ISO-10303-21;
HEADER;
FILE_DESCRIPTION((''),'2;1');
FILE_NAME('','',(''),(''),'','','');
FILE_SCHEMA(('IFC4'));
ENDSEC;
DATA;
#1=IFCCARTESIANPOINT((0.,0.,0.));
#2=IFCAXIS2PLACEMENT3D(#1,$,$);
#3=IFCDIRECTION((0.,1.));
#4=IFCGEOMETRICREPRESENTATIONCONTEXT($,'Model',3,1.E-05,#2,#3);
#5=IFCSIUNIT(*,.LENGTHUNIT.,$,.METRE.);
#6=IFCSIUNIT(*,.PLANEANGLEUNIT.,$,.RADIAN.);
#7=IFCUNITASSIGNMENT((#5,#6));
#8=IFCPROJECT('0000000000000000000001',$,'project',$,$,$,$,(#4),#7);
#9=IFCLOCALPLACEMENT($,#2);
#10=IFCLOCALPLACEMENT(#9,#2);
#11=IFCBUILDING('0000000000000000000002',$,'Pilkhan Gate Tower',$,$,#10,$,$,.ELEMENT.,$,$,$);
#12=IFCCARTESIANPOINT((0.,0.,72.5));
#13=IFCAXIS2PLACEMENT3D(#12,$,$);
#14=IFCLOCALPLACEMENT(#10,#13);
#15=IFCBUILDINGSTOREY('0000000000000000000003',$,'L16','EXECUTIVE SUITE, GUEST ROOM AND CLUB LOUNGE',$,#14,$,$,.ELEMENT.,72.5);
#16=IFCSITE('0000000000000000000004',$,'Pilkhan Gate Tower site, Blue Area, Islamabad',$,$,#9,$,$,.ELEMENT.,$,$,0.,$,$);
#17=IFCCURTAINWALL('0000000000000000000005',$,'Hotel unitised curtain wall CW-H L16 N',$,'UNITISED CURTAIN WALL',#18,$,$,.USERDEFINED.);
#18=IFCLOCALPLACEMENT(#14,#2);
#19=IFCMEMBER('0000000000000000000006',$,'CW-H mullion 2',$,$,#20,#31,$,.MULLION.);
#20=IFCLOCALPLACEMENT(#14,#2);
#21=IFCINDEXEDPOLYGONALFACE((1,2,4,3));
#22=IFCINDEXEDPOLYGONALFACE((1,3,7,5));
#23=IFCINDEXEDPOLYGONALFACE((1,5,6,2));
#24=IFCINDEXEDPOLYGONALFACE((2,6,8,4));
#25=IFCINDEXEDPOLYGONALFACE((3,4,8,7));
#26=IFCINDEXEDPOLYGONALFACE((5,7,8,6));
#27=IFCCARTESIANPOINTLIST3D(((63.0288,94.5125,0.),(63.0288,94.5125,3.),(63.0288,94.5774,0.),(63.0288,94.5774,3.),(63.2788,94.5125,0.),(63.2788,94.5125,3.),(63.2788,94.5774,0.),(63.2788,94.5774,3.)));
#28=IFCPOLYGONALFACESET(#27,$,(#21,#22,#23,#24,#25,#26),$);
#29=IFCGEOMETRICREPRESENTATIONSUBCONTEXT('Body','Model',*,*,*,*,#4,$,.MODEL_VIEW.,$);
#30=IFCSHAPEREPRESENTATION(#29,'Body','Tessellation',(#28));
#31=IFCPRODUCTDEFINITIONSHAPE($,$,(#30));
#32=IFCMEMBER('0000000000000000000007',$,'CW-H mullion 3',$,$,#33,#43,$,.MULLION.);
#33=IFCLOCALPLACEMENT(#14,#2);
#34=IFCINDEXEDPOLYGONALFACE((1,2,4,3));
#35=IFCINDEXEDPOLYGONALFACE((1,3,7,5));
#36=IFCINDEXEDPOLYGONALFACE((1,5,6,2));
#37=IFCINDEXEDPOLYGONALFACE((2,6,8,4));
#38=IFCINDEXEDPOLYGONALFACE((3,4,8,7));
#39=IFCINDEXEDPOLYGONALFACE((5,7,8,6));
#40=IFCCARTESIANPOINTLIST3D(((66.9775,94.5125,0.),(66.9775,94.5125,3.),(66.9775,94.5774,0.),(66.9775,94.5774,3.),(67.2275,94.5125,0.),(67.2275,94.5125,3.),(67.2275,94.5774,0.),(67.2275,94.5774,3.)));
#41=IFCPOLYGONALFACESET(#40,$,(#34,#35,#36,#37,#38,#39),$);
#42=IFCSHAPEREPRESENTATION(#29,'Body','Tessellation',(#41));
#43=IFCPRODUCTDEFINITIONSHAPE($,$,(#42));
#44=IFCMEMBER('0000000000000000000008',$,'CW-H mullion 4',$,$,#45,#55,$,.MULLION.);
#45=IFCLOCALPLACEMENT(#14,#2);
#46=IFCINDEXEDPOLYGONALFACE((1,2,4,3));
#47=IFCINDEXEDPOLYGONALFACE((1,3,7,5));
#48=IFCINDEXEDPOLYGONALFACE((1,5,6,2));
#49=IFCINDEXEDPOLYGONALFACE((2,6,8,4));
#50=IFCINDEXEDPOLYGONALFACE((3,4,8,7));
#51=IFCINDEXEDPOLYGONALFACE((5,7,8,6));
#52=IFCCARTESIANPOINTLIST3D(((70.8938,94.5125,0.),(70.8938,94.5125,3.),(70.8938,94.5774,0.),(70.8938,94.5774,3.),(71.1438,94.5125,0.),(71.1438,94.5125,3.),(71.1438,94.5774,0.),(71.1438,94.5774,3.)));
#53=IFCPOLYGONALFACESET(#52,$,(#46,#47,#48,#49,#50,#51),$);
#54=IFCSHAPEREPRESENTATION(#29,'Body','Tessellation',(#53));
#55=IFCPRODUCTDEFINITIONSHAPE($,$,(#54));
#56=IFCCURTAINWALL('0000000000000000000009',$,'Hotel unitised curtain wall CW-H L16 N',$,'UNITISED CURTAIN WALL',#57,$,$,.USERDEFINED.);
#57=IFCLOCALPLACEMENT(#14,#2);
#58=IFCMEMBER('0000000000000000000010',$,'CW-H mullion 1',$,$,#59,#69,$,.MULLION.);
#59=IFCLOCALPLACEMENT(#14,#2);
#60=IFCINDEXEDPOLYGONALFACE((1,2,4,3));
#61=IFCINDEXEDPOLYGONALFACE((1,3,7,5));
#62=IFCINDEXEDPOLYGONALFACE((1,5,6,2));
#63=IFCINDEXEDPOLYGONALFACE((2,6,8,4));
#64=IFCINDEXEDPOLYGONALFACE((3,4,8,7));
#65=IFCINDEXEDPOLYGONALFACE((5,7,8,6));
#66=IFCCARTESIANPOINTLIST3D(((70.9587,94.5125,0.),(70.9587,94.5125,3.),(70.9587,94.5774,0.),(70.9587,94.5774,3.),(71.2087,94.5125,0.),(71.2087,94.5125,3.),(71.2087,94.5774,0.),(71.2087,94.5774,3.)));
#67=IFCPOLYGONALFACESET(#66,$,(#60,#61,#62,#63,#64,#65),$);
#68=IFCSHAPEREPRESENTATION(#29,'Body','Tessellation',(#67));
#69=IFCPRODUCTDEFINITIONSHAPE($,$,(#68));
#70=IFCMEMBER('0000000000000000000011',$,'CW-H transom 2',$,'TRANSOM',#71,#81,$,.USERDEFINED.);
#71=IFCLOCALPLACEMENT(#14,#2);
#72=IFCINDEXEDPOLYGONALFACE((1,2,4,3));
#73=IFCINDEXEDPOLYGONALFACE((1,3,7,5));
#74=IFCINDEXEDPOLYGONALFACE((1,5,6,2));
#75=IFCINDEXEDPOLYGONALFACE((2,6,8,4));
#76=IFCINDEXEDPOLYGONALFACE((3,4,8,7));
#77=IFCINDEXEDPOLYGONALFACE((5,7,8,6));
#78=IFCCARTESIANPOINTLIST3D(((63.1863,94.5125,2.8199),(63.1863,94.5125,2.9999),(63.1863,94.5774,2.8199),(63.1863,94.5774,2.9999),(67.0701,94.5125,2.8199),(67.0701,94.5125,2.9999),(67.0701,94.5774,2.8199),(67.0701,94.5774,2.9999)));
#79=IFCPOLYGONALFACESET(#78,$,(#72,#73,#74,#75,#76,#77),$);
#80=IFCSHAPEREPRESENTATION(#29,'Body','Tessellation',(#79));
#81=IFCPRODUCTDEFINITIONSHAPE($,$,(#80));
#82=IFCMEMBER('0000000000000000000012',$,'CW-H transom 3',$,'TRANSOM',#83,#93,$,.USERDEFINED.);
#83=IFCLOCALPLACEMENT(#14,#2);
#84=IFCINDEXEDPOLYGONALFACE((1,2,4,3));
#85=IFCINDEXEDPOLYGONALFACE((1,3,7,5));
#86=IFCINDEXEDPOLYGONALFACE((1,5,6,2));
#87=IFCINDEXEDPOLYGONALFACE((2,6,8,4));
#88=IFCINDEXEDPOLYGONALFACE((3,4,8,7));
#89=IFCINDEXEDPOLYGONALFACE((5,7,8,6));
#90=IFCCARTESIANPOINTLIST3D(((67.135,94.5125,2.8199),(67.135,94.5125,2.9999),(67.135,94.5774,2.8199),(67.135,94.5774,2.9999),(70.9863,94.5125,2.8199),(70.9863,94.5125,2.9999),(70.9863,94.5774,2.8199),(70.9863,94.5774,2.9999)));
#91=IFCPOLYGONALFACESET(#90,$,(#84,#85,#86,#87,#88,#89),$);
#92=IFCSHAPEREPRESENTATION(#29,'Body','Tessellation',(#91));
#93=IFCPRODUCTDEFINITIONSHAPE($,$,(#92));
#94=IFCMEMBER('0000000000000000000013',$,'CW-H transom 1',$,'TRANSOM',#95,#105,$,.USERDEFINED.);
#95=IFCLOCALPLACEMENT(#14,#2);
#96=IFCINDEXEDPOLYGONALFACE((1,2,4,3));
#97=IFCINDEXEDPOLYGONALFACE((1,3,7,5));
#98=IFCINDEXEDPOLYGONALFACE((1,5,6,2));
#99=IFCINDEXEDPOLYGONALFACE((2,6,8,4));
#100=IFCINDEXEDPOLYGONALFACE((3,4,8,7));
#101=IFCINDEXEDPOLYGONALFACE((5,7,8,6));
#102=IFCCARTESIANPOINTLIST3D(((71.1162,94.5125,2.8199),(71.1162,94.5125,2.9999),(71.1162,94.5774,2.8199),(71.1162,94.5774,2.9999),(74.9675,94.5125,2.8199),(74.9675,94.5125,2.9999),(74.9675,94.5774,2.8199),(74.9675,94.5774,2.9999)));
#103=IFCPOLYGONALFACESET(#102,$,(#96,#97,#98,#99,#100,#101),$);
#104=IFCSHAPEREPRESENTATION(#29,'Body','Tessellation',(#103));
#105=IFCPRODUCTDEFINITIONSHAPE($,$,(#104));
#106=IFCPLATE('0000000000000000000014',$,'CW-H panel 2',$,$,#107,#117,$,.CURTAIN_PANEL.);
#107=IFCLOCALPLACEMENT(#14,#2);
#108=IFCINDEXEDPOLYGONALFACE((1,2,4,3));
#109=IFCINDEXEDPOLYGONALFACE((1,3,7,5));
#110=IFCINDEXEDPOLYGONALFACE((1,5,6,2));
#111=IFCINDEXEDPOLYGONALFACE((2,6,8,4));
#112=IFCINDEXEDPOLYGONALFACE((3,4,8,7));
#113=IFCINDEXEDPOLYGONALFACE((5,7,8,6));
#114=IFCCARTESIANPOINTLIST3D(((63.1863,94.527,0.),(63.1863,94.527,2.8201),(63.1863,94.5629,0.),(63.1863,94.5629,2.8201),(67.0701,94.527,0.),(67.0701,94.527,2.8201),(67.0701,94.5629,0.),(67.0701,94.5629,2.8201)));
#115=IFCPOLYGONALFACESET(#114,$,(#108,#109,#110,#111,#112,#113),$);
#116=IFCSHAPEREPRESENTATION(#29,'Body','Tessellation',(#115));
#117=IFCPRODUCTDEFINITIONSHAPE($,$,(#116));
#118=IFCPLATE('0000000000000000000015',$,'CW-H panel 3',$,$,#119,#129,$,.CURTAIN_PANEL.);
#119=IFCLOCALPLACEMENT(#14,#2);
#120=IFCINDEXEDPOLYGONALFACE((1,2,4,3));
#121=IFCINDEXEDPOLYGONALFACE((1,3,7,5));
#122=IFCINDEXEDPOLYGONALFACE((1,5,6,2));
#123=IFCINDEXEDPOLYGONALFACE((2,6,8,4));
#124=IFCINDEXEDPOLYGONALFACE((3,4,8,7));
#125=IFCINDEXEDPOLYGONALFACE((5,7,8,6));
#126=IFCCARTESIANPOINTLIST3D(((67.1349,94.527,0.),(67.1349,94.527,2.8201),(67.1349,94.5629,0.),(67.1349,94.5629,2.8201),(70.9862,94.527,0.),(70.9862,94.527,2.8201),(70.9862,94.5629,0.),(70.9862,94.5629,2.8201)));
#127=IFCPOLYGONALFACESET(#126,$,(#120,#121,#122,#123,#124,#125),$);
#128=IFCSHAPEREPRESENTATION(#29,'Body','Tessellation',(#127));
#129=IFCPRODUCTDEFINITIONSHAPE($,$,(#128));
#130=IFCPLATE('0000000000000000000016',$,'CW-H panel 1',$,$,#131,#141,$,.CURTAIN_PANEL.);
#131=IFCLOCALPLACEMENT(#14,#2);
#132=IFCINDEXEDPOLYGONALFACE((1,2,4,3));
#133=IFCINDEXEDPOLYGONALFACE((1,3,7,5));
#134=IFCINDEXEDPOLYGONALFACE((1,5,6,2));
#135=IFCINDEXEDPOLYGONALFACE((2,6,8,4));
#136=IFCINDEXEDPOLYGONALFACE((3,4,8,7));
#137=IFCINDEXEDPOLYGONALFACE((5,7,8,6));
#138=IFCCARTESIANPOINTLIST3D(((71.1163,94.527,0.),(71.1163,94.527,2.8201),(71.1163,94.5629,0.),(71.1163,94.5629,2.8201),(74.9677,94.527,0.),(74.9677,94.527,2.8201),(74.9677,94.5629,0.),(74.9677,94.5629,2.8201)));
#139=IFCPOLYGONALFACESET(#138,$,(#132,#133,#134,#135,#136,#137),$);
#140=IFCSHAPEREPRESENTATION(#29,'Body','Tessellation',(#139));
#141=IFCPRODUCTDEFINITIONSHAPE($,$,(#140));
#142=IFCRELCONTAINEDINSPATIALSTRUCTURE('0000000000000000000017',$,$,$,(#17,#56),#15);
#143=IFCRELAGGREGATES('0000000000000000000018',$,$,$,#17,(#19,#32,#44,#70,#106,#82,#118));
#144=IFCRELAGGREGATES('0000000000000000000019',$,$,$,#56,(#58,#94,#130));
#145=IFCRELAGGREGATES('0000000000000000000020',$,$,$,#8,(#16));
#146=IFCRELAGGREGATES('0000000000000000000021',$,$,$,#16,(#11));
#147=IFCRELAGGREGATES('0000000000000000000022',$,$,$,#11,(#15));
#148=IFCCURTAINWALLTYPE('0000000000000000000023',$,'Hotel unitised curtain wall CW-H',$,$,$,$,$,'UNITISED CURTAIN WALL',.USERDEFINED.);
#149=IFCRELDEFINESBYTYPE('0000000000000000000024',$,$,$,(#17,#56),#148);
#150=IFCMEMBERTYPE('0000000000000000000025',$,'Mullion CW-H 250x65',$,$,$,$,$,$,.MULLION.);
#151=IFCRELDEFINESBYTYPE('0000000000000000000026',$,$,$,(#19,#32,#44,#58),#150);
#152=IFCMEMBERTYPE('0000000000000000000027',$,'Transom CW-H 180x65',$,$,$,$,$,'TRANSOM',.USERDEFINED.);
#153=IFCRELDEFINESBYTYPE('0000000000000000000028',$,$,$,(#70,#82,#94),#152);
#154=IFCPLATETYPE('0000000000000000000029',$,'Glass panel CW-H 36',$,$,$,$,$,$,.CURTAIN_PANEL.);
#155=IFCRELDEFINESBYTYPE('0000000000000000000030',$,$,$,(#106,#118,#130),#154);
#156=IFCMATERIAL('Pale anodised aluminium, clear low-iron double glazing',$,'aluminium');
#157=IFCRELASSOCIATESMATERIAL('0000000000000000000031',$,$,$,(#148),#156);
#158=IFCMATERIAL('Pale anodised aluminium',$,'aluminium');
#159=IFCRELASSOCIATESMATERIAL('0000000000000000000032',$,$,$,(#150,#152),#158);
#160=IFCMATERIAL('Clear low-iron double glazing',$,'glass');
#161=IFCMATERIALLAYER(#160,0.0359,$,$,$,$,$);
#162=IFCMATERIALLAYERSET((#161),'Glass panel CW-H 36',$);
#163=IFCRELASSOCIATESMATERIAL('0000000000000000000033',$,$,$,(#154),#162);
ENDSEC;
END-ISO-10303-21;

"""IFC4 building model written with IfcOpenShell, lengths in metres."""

from ifc_helpers import new_model, si_unit, direction, frame, origin, origin_2d, place, context, subcontext, project, spatial, rectangle, extrude, material, layer, layer_set, material_profile, profile_set, type_object, element, aggregate, save


model = new_model("IFC4")

# Units and contexts
model_context = context("Model", 3, precision=1e-05, world=origin(), true_north=direction((0.0, 1.0)))
body_context = subcontext(model_context, "Body", "Model", "MODEL_VIEW")
ifc_project = project(units=[si_unit("LENGTHUNIT", "METRE"), si_unit("PLANEANGLEUNIT", "RADIAN")], contexts=[model_context])

# Site, building, storey
site_placement = place(None, origin())
site = spatial("IfcSite", under=ifc_project, at=site_placement, Name="Pilkhan Gate Tower site, Blue Area, Islamabad", CompositionType="ELEMENT", RefElevation=0.0)
building_placement = place(site_placement, origin())
building = spatial("IfcBuilding", under=site, at=building_placement, Name="Pilkhan Gate Tower", CompositionType="ELEMENT")
storey_placement = place(building_placement, frame((0.0, 0.0, 72.5)))
storey = spatial("IfcBuildingStorey", under=building, at=storey_placement, Name="L16", Description="EXECUTIVE SUITE, GUEST ROOM AND CLUB LOUNGE", CompositionType="ELEMENT", Elevation=72.5)

# Curtain wall, members
ifc_material_1 = material(Name="Pale anodised aluminium, clear low-iron double glazing", Category="aluminium")
curtain_wall_type = type_object("IfcCurtainWallType", Name="Hotel unitised curtain wall CW-H", ElementType="UNITISED CURTAIN WALL", PredefinedType="USERDEFINED", material=ifc_material_1)
curtain_wall_1_placement = place(storey_placement, origin())
curtain_wall_1 = element("IfcCurtainWall", 1, at=curtain_wall_1_placement, inside=storey, type_object=curtain_wall_type, Name="Hotel unitised curtain wall CW-H L16 N", ObjectType="UNITISED CURTAIN WALL", PredefinedType="USERDEFINED")
ifc_material_2 = material(Name="Pale anodised aluminium", Category="aluminium")
ifc_material_profile_1 = material_profile(ifc_material_2, rectangle(XDim=0.0649, YDim=0.25, at=origin_2d()), Name="Mullion 250x65")
ifc_profile_set_1 = profile_set([ifc_material_profile_1], Name="Pale anodised aluminium")
member_type_1 = type_object("IfcMemberType", Name="Mullion CW-H 250x65", PredefinedType="MULLION", material=ifc_profile_set_1)
member_1_placement = place(storey_placement, frame((63.1538, 94.5449, 0.0), z_axis=(0.0, 0.0, 1.0), x_axis=(0.0, 1.0, 0.0)))
member_1 = element("IfcMember", 2, at=member_1_placement, type_object=member_type_1, Name="CW-H mullion 2", PredefinedType="MULLION", context=body_context, shape_type="SweptSolid", body=[
    extrude(rectangle(XDim=0.0649, YDim=0.25, at=origin_2d()), origin(), (0.0, 0.0, 1.0), 3.0),
])
member_2_placement = place(storey_placement, frame((67.1025, 94.5449, 0.0), z_axis=(0.0, 0.0, 1.0), x_axis=(0.0, 1.0, 0.0)))
member_2 = element("IfcMember", 3, at=member_2_placement, type_object=member_type_1, Name="CW-H mullion 3", PredefinedType="MULLION", context=body_context, shape_type="SweptSolid", body=[
    extrude(rectangle(XDim=0.0649, YDim=0.25, at=origin_2d()), origin(), (0.0, 0.0, 1.0), 3.0),
])
member_3_placement = place(storey_placement, frame((71.0188, 94.5449, 0.0), z_axis=(0.0, 0.0, 1.0), x_axis=(0.0, 1.0, 0.0)))
member_3 = element("IfcMember", 4, at=member_3_placement, type_object=member_type_1, Name="CW-H mullion 4", PredefinedType="MULLION", context=body_context, shape_type="SweptSolid", body=[
    extrude(rectangle(XDim=0.0649, YDim=0.25, at=origin_2d()), origin(), (0.0, 0.0, 1.0), 3.0),
])

# Curtain wall, member
curtain_wall_2_placement = place(storey_placement, origin())
curtain_wall_2 = element("IfcCurtainWall", 5, at=curtain_wall_2_placement, inside=storey, type_object=curtain_wall_type, Name="Hotel unitised curtain wall CW-H L16 N", ObjectType="UNITISED CURTAIN WALL", PredefinedType="USERDEFINED")
member_4_placement = place(storey_placement, frame((71.0837, 94.5449, 0.0), z_axis=(0.0, 0.0, 1.0), x_axis=(0.0, 1.0, 0.0)))
member_4 = element("IfcMember", 6, at=member_4_placement, type_object=member_type_1, Name="CW-H mullion 1", PredefinedType="MULLION", context=body_context, shape_type="SweptSolid", body=[
    extrude(rectangle(XDim=0.0649, YDim=0.25, at=origin_2d()), origin(), (0.0, 0.0, 1.0), 3.0),
])

# Members
ifc_material_profile_2 = material_profile(ifc_material_2, rectangle(XDim=0.0649, YDim=0.1799, at=origin_2d()), Name="Transom 180x65")
ifc_profile_set_2 = profile_set([ifc_material_profile_2], Name="Pale anodised aluminium")
member_type_2 = type_object("IfcMemberType", Name="Transom CW-H 180x65", ElementType="TRANSOM", PredefinedType="USERDEFINED", material=ifc_profile_set_2)
member_5_placement = place(storey_placement, frame((63.1863, 94.5449, 2.9099), z_axis=(1.0, 0.0, 0.0), x_axis=(0.0, 1.0, 0.0)))
member_5 = element("IfcMember", 7, at=member_5_placement, type_object=member_type_2, Name="CW-H transom 2", ObjectType="TRANSOM", PredefinedType="USERDEFINED", context=body_context, shape_type="SweptSolid", body=[
    extrude(rectangle(XDim=0.0649, YDim=0.1799, at=origin_2d()), origin(), (0.0, 0.0, 1.0), 3.8838),
])
member_6_placement = place(storey_placement, frame((67.135, 94.5449, 2.9099), z_axis=(1.0, 0.0, 0.0), x_axis=(0.0, 1.0, 0.0)))
member_6 = element("IfcMember", 8, at=member_6_placement, type_object=member_type_2, Name="CW-H transom 3", ObjectType="TRANSOM", PredefinedType="USERDEFINED", context=body_context, shape_type="SweptSolid", body=[
    extrude(rectangle(XDim=0.0649, YDim=0.1799, at=origin_2d()), origin(), (0.0, 0.0, 1.0), 3.8513),
])
member_7_placement = place(storey_placement, frame((71.1162, 94.5449, 2.9099), z_axis=(1.0, 0.0, 0.0), x_axis=(0.0, 1.0, 0.0)))
member_7 = element("IfcMember", 9, at=member_7_placement, type_object=member_type_2, Name="CW-H transom 1", ObjectType="TRANSOM", PredefinedType="USERDEFINED", context=body_context, shape_type="SweptSolid", body=[
    extrude(rectangle(XDim=0.0649, YDim=0.1799, at=origin_2d()), origin(), (0.0, 0.0, 1.0), 3.8513),
])

# Plates
ifc_material_3 = material(Name="Clear low-iron double glazing", Category="glass")
ifc_layer_1 = layer(ifc_material_3, 0.0359)
ifc_layer_set_1 = layer_set([ifc_layer_1], Name="Glass panel CW-H 36")
plate_type = type_object("IfcPlateType", Name="Glass panel CW-H 36", PredefinedType="CURTAIN_PANEL", material=ifc_layer_set_1)
plate_1_placement = place(storey_placement, frame((65.1282, 94.5449, 0.0), z_axis=(0.0, 0.0, 1.0), x_axis=(1.0, 0.0, 0.0)))
plate_1 = element("IfcPlate", 10, at=plate_1_placement, type_object=plate_type, Name="CW-H panel 2", PredefinedType="CURTAIN_PANEL", context=body_context, shape_type="SweptSolid", body=[
    extrude(rectangle(XDim=3.8838, YDim=0.0359, at=origin_2d()), origin(), (0.0, 0.0, 1.0), 2.8201),
])
plate_2_placement = place(storey_placement, frame((69.0605, 94.5449, 0.0), z_axis=(0.0, 0.0, 1.0), x_axis=(1.0, 0.0, 0.0)))
plate_2 = element("IfcPlate", 11, at=plate_2_placement, type_object=plate_type, Name="CW-H panel 3", PredefinedType="CURTAIN_PANEL", context=body_context, shape_type="SweptSolid", body=[
    extrude(rectangle(XDim=3.8513, YDim=0.0359, at=origin_2d()), origin(), (0.0, 0.0, 1.0), 2.8201),
])
aggregate(curtain_wall_1, [member_1, member_2, member_3, member_5, plate_1, member_6, plate_2])
plate_3_placement = place(storey_placement, frame((73.042, 94.5449, 0.0), z_axis=(0.0, 0.0, 1.0), x_axis=(1.0, 0.0, 0.0)))
plate_3 = element("IfcPlate", 12, at=plate_3_placement, type_object=plate_type, Name="CW-H panel 1", PredefinedType="CURTAIN_PANEL", context=body_context, shape_type="SweptSolid", body=[
    extrude(rectangle(XDim=3.8513, YDim=0.0359, at=origin_2d()), origin(), (0.0, 0.0, 1.0), 2.8201),
])
aggregate(curtain_wall_2, [member_4, member_7, plate_3])

save(model, "model.ifc")
